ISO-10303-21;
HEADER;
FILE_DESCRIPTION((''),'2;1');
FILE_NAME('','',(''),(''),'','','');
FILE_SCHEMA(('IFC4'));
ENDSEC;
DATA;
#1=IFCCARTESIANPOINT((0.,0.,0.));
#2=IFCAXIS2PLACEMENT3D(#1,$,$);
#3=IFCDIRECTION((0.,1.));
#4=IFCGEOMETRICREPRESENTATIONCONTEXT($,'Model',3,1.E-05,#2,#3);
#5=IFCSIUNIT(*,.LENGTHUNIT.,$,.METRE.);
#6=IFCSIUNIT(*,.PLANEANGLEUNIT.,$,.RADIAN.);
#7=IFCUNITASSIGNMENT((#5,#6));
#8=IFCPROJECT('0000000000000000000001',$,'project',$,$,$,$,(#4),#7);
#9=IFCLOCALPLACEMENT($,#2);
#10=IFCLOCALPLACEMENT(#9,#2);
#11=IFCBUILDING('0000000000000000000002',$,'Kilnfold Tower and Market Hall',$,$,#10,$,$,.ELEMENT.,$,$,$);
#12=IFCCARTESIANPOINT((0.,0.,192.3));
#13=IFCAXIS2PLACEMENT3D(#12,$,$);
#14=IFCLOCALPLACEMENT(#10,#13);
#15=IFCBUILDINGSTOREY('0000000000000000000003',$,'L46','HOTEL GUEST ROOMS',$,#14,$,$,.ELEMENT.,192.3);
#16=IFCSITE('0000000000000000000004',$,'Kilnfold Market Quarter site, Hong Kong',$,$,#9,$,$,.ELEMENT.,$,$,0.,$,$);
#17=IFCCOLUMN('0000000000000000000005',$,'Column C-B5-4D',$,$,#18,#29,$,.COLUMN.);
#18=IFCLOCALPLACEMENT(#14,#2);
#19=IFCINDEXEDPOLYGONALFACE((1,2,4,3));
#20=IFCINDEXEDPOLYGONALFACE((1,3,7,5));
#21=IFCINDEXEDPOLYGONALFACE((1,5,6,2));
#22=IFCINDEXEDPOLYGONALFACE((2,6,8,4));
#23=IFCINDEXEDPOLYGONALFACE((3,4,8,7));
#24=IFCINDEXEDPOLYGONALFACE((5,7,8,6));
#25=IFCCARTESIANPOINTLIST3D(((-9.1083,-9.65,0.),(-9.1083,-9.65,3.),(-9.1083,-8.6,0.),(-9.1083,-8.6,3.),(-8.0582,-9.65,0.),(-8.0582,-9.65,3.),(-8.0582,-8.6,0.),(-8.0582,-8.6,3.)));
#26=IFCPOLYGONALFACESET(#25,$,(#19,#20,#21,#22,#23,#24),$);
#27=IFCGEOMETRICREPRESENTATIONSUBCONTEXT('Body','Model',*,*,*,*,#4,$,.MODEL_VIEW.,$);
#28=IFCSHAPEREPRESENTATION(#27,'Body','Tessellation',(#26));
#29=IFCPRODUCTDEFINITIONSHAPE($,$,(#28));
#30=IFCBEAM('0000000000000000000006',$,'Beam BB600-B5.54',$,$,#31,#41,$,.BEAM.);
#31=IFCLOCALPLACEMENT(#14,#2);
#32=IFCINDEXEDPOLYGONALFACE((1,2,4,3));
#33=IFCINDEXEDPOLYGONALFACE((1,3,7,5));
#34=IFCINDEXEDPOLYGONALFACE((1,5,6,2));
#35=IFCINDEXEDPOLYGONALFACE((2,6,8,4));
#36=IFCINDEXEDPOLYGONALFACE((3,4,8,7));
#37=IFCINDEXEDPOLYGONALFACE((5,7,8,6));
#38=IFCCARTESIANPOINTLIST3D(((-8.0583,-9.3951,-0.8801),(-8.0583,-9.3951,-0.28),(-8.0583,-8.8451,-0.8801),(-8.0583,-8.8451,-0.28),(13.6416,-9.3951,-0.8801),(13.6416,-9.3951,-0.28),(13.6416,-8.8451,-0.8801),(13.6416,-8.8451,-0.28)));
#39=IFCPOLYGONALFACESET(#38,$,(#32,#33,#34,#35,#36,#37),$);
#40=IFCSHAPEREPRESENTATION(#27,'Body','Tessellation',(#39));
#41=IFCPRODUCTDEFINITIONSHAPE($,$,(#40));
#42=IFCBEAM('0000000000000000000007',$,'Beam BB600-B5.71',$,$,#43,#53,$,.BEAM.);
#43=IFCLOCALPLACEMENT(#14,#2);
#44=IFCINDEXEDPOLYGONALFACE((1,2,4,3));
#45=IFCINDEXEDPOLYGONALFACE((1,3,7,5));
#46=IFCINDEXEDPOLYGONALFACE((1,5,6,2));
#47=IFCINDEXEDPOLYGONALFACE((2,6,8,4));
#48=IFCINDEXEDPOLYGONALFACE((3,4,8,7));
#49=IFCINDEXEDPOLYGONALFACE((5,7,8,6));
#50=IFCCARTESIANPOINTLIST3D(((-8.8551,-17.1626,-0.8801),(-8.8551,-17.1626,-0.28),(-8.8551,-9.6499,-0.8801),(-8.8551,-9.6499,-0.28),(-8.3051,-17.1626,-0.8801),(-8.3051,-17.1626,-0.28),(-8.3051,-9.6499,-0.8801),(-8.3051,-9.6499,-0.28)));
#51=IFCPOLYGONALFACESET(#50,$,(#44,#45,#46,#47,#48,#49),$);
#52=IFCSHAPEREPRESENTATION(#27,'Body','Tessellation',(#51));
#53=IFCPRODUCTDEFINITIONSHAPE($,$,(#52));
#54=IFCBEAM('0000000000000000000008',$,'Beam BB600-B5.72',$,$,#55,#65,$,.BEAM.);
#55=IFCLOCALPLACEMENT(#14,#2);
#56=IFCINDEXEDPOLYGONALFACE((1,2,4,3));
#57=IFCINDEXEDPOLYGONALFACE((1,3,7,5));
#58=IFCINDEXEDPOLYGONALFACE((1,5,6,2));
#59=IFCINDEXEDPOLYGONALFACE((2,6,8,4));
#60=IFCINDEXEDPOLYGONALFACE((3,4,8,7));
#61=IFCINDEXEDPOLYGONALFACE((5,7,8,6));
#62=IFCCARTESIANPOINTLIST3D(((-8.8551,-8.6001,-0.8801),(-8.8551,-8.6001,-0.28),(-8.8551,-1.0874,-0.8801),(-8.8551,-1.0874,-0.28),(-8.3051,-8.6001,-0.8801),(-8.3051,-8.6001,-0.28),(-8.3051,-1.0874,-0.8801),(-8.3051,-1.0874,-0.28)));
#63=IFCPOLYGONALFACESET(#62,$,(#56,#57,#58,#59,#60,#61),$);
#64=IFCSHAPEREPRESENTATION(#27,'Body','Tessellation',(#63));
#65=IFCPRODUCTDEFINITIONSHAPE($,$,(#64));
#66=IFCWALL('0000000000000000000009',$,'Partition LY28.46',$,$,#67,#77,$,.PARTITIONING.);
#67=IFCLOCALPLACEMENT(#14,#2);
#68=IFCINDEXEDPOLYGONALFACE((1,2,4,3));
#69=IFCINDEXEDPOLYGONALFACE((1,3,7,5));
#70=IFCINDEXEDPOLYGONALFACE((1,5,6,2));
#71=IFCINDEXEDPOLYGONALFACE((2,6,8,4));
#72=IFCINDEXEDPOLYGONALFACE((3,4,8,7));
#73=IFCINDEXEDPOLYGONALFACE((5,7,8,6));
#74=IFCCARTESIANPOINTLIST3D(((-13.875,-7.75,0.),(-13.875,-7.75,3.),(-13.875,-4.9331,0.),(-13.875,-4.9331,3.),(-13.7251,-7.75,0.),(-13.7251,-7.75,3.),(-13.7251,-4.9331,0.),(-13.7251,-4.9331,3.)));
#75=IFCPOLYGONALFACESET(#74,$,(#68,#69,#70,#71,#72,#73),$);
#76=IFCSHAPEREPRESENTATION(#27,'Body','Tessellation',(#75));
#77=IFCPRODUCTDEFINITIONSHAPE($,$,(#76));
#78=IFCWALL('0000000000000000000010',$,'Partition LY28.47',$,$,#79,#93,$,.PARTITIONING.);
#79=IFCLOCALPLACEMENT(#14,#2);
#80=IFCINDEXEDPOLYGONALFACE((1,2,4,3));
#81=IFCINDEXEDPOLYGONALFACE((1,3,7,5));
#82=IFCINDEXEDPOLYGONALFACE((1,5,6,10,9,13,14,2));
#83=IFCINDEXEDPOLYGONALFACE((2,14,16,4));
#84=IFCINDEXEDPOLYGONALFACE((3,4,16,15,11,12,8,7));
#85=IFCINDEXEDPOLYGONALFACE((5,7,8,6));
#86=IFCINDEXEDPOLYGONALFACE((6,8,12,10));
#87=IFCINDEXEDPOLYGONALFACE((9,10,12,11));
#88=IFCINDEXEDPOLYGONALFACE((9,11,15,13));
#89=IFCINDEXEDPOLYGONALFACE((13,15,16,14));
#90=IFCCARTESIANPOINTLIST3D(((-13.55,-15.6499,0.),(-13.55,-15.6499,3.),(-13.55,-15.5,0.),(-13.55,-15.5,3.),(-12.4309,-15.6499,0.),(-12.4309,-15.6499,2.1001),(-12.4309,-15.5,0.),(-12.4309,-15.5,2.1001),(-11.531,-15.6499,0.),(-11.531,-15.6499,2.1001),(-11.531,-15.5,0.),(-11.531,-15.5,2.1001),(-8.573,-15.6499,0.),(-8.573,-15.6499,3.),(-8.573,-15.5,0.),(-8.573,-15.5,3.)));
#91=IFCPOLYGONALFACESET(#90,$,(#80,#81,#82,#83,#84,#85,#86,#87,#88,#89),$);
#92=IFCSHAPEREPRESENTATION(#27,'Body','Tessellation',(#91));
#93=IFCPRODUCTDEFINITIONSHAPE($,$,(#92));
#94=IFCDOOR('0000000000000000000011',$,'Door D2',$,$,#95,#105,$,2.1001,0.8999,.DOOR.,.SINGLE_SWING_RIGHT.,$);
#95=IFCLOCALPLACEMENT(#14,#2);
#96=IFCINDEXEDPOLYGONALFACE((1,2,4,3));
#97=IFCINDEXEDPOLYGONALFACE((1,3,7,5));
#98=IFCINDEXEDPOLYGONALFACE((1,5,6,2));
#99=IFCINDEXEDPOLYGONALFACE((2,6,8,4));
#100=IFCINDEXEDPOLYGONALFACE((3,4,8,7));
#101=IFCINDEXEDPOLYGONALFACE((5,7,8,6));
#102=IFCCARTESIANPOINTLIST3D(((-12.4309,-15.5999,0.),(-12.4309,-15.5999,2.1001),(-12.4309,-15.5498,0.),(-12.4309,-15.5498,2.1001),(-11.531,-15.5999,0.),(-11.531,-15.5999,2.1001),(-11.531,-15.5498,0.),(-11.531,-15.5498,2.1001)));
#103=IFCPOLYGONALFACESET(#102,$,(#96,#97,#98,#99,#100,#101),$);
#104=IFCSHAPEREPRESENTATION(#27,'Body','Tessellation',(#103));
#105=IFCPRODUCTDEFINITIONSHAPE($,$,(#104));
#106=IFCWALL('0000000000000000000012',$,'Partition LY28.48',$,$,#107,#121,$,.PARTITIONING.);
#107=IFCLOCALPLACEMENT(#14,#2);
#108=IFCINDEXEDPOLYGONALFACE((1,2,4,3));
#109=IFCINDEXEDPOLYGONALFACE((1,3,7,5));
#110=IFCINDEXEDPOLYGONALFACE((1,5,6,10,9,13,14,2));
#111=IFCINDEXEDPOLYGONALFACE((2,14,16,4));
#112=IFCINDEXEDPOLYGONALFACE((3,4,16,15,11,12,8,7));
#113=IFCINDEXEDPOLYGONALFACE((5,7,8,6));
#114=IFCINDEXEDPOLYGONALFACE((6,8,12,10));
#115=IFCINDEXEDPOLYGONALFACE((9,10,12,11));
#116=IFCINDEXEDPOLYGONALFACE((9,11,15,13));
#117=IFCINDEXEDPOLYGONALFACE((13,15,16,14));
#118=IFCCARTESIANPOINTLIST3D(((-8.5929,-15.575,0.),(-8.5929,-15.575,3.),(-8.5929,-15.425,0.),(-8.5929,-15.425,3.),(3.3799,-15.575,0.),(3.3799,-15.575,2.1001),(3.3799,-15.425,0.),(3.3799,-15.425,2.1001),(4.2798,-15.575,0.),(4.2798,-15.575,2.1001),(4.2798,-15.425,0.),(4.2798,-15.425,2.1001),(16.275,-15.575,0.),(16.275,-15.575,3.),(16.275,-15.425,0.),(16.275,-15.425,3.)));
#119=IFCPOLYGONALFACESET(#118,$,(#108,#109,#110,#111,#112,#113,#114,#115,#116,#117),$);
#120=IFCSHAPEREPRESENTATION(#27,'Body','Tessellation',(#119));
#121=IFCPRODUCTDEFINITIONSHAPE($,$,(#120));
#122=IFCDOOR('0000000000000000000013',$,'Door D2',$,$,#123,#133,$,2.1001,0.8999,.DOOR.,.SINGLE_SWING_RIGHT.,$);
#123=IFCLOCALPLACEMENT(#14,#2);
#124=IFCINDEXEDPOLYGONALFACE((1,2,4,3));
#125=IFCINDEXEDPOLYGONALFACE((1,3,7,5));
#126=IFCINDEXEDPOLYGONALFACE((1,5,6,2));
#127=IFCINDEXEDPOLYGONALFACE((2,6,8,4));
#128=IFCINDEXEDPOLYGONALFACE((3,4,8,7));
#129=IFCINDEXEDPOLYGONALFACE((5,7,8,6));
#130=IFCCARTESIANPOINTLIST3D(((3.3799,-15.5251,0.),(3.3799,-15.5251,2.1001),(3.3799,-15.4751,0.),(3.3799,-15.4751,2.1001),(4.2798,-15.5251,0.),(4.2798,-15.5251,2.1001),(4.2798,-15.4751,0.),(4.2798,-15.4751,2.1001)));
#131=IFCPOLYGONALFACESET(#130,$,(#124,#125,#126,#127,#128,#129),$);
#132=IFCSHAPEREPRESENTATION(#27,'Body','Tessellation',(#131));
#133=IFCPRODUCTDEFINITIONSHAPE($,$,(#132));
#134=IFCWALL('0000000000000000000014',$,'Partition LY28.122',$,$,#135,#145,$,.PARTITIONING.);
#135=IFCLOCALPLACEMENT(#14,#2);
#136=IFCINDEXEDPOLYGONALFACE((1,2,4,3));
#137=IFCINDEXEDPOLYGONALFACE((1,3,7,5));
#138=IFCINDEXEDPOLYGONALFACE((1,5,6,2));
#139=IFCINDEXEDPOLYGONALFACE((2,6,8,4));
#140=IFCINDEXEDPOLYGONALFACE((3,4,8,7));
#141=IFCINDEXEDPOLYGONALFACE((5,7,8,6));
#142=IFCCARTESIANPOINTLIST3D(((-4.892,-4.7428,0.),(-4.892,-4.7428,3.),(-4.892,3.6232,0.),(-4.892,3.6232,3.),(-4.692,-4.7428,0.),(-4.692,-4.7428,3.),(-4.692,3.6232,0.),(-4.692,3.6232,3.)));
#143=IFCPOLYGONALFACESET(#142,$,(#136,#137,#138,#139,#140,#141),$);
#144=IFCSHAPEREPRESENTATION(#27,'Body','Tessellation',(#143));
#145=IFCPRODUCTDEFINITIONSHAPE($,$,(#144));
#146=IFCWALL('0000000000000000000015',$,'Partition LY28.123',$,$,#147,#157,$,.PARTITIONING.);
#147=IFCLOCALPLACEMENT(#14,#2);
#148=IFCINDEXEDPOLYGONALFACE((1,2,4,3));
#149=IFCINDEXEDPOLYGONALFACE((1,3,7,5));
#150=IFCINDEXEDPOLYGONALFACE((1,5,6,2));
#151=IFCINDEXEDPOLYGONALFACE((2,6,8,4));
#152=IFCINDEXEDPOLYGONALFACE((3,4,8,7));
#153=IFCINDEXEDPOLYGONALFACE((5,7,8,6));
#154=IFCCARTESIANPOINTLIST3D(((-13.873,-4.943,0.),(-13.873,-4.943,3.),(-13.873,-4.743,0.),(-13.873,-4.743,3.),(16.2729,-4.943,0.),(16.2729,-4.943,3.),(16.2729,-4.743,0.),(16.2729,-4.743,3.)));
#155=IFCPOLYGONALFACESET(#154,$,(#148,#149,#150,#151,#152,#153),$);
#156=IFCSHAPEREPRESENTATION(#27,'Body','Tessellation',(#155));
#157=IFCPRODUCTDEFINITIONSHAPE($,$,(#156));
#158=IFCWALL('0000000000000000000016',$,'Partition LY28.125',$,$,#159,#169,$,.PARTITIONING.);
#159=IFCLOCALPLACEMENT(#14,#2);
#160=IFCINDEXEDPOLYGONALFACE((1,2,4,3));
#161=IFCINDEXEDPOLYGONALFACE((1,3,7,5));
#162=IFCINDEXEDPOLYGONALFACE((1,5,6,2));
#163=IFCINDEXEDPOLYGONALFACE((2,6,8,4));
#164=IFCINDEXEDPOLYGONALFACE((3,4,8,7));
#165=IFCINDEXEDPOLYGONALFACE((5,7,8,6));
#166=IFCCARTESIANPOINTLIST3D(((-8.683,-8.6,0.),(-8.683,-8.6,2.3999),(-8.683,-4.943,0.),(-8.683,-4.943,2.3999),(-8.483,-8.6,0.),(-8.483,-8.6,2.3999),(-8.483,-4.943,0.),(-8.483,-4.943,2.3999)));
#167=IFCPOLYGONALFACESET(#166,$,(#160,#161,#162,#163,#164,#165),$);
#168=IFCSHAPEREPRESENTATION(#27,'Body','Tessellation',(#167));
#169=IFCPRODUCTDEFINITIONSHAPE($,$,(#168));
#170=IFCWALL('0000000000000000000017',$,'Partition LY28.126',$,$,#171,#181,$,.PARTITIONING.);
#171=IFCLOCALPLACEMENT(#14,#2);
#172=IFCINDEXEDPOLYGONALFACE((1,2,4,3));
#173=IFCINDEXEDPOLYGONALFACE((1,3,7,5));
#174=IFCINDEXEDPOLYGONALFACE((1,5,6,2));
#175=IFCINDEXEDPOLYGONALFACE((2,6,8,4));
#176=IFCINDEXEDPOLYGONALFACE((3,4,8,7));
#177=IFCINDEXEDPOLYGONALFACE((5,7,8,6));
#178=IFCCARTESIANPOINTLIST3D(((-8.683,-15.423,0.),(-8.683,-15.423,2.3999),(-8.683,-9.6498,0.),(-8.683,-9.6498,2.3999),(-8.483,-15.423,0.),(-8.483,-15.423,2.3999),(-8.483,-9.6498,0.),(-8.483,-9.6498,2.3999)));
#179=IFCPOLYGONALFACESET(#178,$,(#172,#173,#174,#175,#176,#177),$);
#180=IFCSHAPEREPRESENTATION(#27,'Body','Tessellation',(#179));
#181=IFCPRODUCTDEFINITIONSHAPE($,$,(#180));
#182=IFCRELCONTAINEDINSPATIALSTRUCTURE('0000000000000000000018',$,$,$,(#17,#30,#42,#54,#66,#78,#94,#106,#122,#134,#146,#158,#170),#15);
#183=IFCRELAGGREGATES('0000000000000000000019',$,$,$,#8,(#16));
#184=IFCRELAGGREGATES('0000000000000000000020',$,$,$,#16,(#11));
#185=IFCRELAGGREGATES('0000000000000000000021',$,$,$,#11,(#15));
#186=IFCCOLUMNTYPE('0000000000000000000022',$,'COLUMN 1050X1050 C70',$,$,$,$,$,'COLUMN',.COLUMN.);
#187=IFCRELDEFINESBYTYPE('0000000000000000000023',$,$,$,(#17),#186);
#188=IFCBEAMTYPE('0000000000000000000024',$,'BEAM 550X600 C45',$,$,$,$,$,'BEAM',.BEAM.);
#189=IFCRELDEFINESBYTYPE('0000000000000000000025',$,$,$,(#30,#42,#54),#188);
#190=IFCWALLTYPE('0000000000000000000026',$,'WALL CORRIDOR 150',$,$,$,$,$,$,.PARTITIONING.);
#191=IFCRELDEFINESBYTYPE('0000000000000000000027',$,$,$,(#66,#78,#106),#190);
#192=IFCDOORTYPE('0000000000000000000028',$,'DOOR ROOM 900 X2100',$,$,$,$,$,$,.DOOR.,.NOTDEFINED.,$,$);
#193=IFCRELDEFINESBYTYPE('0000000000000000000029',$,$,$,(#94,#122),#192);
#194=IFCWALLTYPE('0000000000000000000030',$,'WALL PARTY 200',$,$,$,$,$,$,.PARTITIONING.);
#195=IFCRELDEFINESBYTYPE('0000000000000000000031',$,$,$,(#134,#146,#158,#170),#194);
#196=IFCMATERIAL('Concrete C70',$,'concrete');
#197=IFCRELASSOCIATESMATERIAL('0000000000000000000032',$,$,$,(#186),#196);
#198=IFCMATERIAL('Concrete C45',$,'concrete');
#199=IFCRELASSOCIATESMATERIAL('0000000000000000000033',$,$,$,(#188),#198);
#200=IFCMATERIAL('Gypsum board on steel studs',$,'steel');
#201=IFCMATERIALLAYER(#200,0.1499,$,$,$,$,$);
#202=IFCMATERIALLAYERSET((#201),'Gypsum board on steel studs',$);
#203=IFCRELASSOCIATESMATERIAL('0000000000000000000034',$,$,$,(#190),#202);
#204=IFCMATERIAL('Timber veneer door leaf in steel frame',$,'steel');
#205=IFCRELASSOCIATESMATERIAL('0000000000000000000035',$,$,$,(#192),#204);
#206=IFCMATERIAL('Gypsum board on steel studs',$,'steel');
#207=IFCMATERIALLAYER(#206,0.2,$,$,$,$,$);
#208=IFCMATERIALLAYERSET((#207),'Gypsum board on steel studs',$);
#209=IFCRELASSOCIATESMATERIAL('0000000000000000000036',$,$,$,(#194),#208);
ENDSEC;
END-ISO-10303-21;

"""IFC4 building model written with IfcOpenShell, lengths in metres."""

from ifc_helpers import new_model, si_unit, direction, frame, frame_2d, origin, origin_2d, place, context, subcontext, project, spatial, rectangle, extrude, source, transform, mapped, material, layer, layer_set, material_profile, profile_set, type_object, element, fill, save


model = new_model("IFC4")

# Units and contexts
model_context = context("Model", 3, precision=1e-05, world=origin(), true_north=direction((0.0, 1.0)))
body_context = subcontext(model_context, "Body", "Model", "MODEL_VIEW")
ifc_project = project(units=[si_unit("LENGTHUNIT", "METRE"), si_unit("PLANEANGLEUNIT", "RADIAN")], contexts=[model_context])

# Site, building, storey
site_placement = place(None, origin())
site = spatial("IfcSite", under=ifc_project, at=site_placement, Name="Kilnfold Market Quarter site, Hong Kong", CompositionType="ELEMENT", RefElevation=0.0)
building_placement = place(site_placement, origin())
building = spatial("IfcBuilding", under=site, at=building_placement, Name="Kilnfold Tower and Market Hall", CompositionType="ELEMENT")
storey_placement = place(building_placement, frame((0.0, 0.0, 192.3)))
storey = spatial("IfcBuildingStorey", under=building, at=storey_placement, Name="L46", Description="HOTEL GUEST ROOMS", CompositionType="ELEMENT", Elevation=192.3)

# Column
ifc_material_1 = material(Name="Concrete C70", Category="concrete")
ifc_material_profile_1 = material_profile(ifc_material_1, rectangle(XDim=1.05, YDim=1.05, at=origin_2d()), Name="RC 1050x1050")
ifc_profile_set_1 = profile_set([ifc_material_profile_1], Name="Concrete C70")
column_type = type_object("IfcColumnType", Name="COLUMN 1050X1050 C70", ElementType="COLUMN", PredefinedType="COLUMN", material=ifc_profile_set_1)
shared_shape_1 = source(origin(), body_context, "Body", "SweptSolid", [
    extrude(rectangle(XDim=1.05, YDim=1.05, at=origin_2d()), origin(), (0.0, 0.0, 1.0), 3.0),
])
column_placement = place(storey_placement, frame((-8.5833, -9.125, 0.0), z_axis=(0.0, 0.0, 1.0), x_axis=(1.0, 0.0, 0.0)))
element("IfcColumn", 1, at=column_placement, inside=storey, type_object=column_type, Name="Column C-B5-4D", PredefinedType="COLUMN", context=body_context, shape_type="MappedRepresentation", body=[
    mapped(shared_shape_1, transform((0.0, 0.0, 0.0))),
])

# Beams
ifc_material_2 = material(Name="Concrete C45", Category="concrete")
ifc_material_profile_2 = material_profile(ifc_material_2, rectangle(XDim=0.55, YDim=0.6001, at=origin_2d()), Name="RC 550x600")
ifc_profile_set_2 = profile_set([ifc_material_profile_2], Name="Concrete C45")
beam_type = type_object("IfcBeamType", Name="BEAM 550X600 C45", ElementType="BEAM", PredefinedType="BEAM", material=ifc_profile_set_2)
shared_shape_2 = source(origin(), body_context, "Body", "SweptSolid", [
    extrude(rectangle(XDim=0.55, YDim=0.6001, at=origin_2d()), origin(), (0.0, 0.0, 1.0), 21.7),
])
beam_placement = place(storey_placement, frame((-8.0583, -9.1201, -0.5801), z_axis=(1.0, 0.0, 0.0), x_axis=(0.0, 1.0, 0.0)))
element("IfcBeam", 2, at=beam_placement, inside=storey, type_object=beam_type, Name="Beam BB600-B5.54", PredefinedType="BEAM", context=body_context, shape_type="MappedRepresentation", body=[
    mapped(shared_shape_2, transform((0.0, 0.0, 0.0))),
])
shared_shape_3 = source(origin(), body_context, "Body", "SweptSolid", [
    extrude(rectangle(XDim=0.55, YDim=0.6001, at=origin_2d()), origin(), (0.0, 0.0, 1.0), 7.5127),
])
for number, where, z_axis, x_axis, name in (
    (3, (-8.5801, -17.1626, -0.5801), (0.0, 1.0, 0.0), (-1.0, 0.0, 0.0), "Beam BB600-B5.71"),
    (4, (-8.5801, -8.6001, -0.5801), (0.0, 1.0, 0.0), (-1.0, 0.0, 0.0), "Beam BB600-B5.72"),
):
    element("IfcBeam", number, at=place(storey_placement, frame(where, z_axis=z_axis, x_axis=x_axis)), inside=storey, type_object=beam_type, Name=name, PredefinedType="BEAM", context=body_context, shape_type="MappedRepresentation", body=[
        mapped(shared_shape_3, transform((0.0, 0.0, 0.0))),
    ])

# Wall
ifc_material_3 = material(Name="Gypsum board on steel studs", Category="steel")
ifc_layer_1 = layer(ifc_material_3, 0.1499)
ifc_layer_set_1 = layer_set([ifc_layer_1], Name="Gypsum board on steel studs")
wall_type_1 = type_object("IfcWallType", Name="WALL CORRIDOR 150", PredefinedType="PARTITIONING", material=ifc_layer_set_1)
wall_1_placement = place(storey_placement, frame((-13.8, -7.75, 0.0), z_axis=(0.0, 0.0, 1.0), x_axis=(0.0, 1.0, 0.0)))
element("IfcWall", 5, at=wall_1_placement, inside=storey, type_object=wall_type_1, Name="Partition LY28.46", PredefinedType="PARTITIONING", context=body_context, shape_type="SweptSolid", body=[
    extrude(rectangle(XDim=2.8169, YDim=0.1499, at=frame_2d((1.4084, 0.0))), origin(), (0.0, 0.0, 1.0), 3.0),
])

# Walls, openings, doors
wall_2_placement = place(storey_placement, frame((-8.573, -15.575, 0.0), z_axis=(0.0, 0.0, 1.0), x_axis=(-1.0, 0.0, 0.0)))
wall_2 = element("IfcWall", 6, at=wall_2_placement, inside=storey, type_object=wall_type_1, Name="Partition LY28.47", PredefinedType="PARTITIONING", context=body_context, shape_type="SweptSolid", body=[
    extrude(rectangle(XDim=4.9771, YDim=0.1499, at=frame_2d((2.4885, 0.0))), origin(), (0.0, 0.0, 1.0), 3.0),
])
opening_1_placement = place(wall_2_placement, frame((2.958, 0.0, 0.0)))
opening_1 = element("IfcOpeningElement", 7, at=opening_1_placement, cuts=wall_2, PredefinedType="OPENING", context=body_context, shape_type="SweptSolid", body=[
    extrude(rectangle(XDim=0.8999, YDim=2.1001, at=frame_2d((0.45, 1.05))), frame((0.0, 0.085, 0.0), z_axis=(0.0, -1.0, 0.0), x_axis=(1.0, 0.0, 0.0)), (0.0, 0.0, 1.0), 0.1699),
])
ifc_material_4 = material(Name="Timber veneer door leaf in steel frame", Category="steel")
door_type = type_object("IfcDoorType", Name="DOOR ROOM 900 X2100", OperationType="NOTDEFINED", PredefinedType="DOOR", material=ifc_material_4)
door_1_placement = place(opening_1_placement, origin())
door_1 = element("IfcDoor", 8, at=door_1_placement, inside=storey, type_object=door_type, Name="Door D2", OperationType="SINGLE_SWING_RIGHT", OverallHeight=2.1001, OverallWidth=0.8999, PredefinedType="DOOR", context=body_context, shape_type="SweptSolid", body=[
    extrude(rectangle(XDim=0.8999, YDim=2.1001, at=frame_2d((0.45, 1.05))), frame((0.0, 0.0249, 0.0), z_axis=(0.0, -1.0, 0.0), x_axis=(1.0, 0.0, 0.0)), (0.0, 0.0, 1.0), 0.05),
])
fill(opening_1, door_1)
wall_3_placement = place(storey_placement, frame((-8.593, -15.5, 0.0), z_axis=(0.0, 0.0, 1.0), x_axis=(1.0, 0.0, 0.0)))
wall_3 = element("IfcWall", 9, at=wall_3_placement, inside=storey, type_object=wall_type_1, Name="Partition LY28.48", PredefinedType="PARTITIONING", context=body_context, shape_type="SweptSolid", body=[
    extrude(rectangle(XDim=24.8679, YDim=0.1499, at=frame_2d((12.4341, 0.0))), origin(), (0.0, 0.0, 1.0), 3.0),
])
opening_2_placement = place(wall_3_placement, frame((11.9729, 0.0, 0.0)))
opening_2 = element("IfcOpeningElement", 10, at=opening_2_placement, cuts=wall_3, PredefinedType="OPENING", context=body_context, shape_type="SweptSolid", body=[
    extrude(rectangle(XDim=0.8999, YDim=2.1001, at=frame_2d((0.45, 1.05))), frame((0.0, 0.085, 0.0), z_axis=(0.0, -1.0, 0.0), x_axis=(1.0, 0.0, 0.0)), (0.0, 0.0, 1.0), 0.1699),
])
door_2_placement = place(opening_2_placement, origin())
door_2 = element("IfcDoor", 11, at=door_2_placement, inside=storey, type_object=door_type, Name="Door D2", OperationType="SINGLE_SWING_RIGHT", OverallHeight=2.1001, OverallWidth=0.8999, PredefinedType="DOOR", context=body_context, shape_type="SweptSolid", body=[
    extrude(rectangle(XDim=0.8999, YDim=2.1001, at=frame_2d((0.45, 1.05))), frame((0.0, 0.0249, 0.0), z_axis=(0.0, -1.0, 0.0), x_axis=(1.0, 0.0, 0.0)), (0.0, 0.0, 1.0), 0.05),
])
fill(opening_2, door_2)

# Walls
ifc_material_5 = material(Name="Gypsum board on steel studs", Category="steel")
ifc_layer_2 = layer(ifc_material_5, 0.2)
ifc_layer_set_2 = layer_set([ifc_layer_2], Name="Gypsum board on steel studs")
wall_type_2 = type_object("IfcWallType", Name="WALL PARTY 200", PredefinedType="PARTITIONING", material=ifc_layer_set_2)
wall_4_placement = place(storey_placement, frame((-4.792, -4.7429, 0.0), z_axis=(0.0, 0.0, 1.0), x_axis=(0.0, 1.0, 0.0)))
element("IfcWall", 12, at=wall_4_placement, inside=storey, type_object=wall_type_2, Name="Partition LY28.122", PredefinedType="PARTITIONING", context=body_context, shape_type="SweptSolid", body=[
    extrude(rectangle(XDim=8.366, YDim=0.2, at=frame_2d((4.1831, 0.0))), origin(), (0.0, 0.0, 1.0), 3.0),
])
wall_5_placement = place(storey_placement, frame((-13.873, -4.843, 0.0), z_axis=(0.0, 0.0, 1.0), x_axis=(1.0, 0.0, 0.0)))
element("IfcWall", 13, at=wall_5_placement, inside=storey, type_object=wall_type_2, Name="Partition LY28.123", PredefinedType="PARTITIONING", context=body_context, shape_type="SweptSolid", body=[
    extrude(rectangle(XDim=30.146, YDim=0.2, at=frame_2d((15.073, 0.0))), origin(), (0.0, 0.0, 1.0), 3.0),
])
wall_6_placement = place(storey_placement, frame((-8.583, -8.6001, 0.0), z_axis=(0.0, 0.0, 1.0), x_axis=(0.0, 1.0, 0.0)))
element("IfcWall", 14, at=wall_6_placement, inside=storey, type_object=wall_type_2, Name="Partition LY28.125", PredefinedType="PARTITIONING", context=body_context, shape_type="SweptSolid", body=[
    extrude(rectangle(XDim=3.657, YDim=0.2, at=frame_2d((1.8286, 0.0))), origin(), (0.0, 0.0, 1.0), 2.3999),
])
wall_7_placement = place(storey_placement, frame((-8.583, -15.4231, 0.0), z_axis=(0.0, 0.0, 1.0), x_axis=(0.0, 1.0, 0.0)))
element("IfcWall", 15, at=wall_7_placement, inside=storey, type_object=wall_type_2, Name="Partition LY28.126", PredefinedType="PARTITIONING", context=body_context, shape_type="SweptSolid", body=[
    extrude(rectangle(XDim=5.7732, YDim=0.2, at=frame_2d((2.8867, 0.0))), origin(), (0.0, 0.0, 1.0), 2.3999),
])

save(model, "model.ifc")
